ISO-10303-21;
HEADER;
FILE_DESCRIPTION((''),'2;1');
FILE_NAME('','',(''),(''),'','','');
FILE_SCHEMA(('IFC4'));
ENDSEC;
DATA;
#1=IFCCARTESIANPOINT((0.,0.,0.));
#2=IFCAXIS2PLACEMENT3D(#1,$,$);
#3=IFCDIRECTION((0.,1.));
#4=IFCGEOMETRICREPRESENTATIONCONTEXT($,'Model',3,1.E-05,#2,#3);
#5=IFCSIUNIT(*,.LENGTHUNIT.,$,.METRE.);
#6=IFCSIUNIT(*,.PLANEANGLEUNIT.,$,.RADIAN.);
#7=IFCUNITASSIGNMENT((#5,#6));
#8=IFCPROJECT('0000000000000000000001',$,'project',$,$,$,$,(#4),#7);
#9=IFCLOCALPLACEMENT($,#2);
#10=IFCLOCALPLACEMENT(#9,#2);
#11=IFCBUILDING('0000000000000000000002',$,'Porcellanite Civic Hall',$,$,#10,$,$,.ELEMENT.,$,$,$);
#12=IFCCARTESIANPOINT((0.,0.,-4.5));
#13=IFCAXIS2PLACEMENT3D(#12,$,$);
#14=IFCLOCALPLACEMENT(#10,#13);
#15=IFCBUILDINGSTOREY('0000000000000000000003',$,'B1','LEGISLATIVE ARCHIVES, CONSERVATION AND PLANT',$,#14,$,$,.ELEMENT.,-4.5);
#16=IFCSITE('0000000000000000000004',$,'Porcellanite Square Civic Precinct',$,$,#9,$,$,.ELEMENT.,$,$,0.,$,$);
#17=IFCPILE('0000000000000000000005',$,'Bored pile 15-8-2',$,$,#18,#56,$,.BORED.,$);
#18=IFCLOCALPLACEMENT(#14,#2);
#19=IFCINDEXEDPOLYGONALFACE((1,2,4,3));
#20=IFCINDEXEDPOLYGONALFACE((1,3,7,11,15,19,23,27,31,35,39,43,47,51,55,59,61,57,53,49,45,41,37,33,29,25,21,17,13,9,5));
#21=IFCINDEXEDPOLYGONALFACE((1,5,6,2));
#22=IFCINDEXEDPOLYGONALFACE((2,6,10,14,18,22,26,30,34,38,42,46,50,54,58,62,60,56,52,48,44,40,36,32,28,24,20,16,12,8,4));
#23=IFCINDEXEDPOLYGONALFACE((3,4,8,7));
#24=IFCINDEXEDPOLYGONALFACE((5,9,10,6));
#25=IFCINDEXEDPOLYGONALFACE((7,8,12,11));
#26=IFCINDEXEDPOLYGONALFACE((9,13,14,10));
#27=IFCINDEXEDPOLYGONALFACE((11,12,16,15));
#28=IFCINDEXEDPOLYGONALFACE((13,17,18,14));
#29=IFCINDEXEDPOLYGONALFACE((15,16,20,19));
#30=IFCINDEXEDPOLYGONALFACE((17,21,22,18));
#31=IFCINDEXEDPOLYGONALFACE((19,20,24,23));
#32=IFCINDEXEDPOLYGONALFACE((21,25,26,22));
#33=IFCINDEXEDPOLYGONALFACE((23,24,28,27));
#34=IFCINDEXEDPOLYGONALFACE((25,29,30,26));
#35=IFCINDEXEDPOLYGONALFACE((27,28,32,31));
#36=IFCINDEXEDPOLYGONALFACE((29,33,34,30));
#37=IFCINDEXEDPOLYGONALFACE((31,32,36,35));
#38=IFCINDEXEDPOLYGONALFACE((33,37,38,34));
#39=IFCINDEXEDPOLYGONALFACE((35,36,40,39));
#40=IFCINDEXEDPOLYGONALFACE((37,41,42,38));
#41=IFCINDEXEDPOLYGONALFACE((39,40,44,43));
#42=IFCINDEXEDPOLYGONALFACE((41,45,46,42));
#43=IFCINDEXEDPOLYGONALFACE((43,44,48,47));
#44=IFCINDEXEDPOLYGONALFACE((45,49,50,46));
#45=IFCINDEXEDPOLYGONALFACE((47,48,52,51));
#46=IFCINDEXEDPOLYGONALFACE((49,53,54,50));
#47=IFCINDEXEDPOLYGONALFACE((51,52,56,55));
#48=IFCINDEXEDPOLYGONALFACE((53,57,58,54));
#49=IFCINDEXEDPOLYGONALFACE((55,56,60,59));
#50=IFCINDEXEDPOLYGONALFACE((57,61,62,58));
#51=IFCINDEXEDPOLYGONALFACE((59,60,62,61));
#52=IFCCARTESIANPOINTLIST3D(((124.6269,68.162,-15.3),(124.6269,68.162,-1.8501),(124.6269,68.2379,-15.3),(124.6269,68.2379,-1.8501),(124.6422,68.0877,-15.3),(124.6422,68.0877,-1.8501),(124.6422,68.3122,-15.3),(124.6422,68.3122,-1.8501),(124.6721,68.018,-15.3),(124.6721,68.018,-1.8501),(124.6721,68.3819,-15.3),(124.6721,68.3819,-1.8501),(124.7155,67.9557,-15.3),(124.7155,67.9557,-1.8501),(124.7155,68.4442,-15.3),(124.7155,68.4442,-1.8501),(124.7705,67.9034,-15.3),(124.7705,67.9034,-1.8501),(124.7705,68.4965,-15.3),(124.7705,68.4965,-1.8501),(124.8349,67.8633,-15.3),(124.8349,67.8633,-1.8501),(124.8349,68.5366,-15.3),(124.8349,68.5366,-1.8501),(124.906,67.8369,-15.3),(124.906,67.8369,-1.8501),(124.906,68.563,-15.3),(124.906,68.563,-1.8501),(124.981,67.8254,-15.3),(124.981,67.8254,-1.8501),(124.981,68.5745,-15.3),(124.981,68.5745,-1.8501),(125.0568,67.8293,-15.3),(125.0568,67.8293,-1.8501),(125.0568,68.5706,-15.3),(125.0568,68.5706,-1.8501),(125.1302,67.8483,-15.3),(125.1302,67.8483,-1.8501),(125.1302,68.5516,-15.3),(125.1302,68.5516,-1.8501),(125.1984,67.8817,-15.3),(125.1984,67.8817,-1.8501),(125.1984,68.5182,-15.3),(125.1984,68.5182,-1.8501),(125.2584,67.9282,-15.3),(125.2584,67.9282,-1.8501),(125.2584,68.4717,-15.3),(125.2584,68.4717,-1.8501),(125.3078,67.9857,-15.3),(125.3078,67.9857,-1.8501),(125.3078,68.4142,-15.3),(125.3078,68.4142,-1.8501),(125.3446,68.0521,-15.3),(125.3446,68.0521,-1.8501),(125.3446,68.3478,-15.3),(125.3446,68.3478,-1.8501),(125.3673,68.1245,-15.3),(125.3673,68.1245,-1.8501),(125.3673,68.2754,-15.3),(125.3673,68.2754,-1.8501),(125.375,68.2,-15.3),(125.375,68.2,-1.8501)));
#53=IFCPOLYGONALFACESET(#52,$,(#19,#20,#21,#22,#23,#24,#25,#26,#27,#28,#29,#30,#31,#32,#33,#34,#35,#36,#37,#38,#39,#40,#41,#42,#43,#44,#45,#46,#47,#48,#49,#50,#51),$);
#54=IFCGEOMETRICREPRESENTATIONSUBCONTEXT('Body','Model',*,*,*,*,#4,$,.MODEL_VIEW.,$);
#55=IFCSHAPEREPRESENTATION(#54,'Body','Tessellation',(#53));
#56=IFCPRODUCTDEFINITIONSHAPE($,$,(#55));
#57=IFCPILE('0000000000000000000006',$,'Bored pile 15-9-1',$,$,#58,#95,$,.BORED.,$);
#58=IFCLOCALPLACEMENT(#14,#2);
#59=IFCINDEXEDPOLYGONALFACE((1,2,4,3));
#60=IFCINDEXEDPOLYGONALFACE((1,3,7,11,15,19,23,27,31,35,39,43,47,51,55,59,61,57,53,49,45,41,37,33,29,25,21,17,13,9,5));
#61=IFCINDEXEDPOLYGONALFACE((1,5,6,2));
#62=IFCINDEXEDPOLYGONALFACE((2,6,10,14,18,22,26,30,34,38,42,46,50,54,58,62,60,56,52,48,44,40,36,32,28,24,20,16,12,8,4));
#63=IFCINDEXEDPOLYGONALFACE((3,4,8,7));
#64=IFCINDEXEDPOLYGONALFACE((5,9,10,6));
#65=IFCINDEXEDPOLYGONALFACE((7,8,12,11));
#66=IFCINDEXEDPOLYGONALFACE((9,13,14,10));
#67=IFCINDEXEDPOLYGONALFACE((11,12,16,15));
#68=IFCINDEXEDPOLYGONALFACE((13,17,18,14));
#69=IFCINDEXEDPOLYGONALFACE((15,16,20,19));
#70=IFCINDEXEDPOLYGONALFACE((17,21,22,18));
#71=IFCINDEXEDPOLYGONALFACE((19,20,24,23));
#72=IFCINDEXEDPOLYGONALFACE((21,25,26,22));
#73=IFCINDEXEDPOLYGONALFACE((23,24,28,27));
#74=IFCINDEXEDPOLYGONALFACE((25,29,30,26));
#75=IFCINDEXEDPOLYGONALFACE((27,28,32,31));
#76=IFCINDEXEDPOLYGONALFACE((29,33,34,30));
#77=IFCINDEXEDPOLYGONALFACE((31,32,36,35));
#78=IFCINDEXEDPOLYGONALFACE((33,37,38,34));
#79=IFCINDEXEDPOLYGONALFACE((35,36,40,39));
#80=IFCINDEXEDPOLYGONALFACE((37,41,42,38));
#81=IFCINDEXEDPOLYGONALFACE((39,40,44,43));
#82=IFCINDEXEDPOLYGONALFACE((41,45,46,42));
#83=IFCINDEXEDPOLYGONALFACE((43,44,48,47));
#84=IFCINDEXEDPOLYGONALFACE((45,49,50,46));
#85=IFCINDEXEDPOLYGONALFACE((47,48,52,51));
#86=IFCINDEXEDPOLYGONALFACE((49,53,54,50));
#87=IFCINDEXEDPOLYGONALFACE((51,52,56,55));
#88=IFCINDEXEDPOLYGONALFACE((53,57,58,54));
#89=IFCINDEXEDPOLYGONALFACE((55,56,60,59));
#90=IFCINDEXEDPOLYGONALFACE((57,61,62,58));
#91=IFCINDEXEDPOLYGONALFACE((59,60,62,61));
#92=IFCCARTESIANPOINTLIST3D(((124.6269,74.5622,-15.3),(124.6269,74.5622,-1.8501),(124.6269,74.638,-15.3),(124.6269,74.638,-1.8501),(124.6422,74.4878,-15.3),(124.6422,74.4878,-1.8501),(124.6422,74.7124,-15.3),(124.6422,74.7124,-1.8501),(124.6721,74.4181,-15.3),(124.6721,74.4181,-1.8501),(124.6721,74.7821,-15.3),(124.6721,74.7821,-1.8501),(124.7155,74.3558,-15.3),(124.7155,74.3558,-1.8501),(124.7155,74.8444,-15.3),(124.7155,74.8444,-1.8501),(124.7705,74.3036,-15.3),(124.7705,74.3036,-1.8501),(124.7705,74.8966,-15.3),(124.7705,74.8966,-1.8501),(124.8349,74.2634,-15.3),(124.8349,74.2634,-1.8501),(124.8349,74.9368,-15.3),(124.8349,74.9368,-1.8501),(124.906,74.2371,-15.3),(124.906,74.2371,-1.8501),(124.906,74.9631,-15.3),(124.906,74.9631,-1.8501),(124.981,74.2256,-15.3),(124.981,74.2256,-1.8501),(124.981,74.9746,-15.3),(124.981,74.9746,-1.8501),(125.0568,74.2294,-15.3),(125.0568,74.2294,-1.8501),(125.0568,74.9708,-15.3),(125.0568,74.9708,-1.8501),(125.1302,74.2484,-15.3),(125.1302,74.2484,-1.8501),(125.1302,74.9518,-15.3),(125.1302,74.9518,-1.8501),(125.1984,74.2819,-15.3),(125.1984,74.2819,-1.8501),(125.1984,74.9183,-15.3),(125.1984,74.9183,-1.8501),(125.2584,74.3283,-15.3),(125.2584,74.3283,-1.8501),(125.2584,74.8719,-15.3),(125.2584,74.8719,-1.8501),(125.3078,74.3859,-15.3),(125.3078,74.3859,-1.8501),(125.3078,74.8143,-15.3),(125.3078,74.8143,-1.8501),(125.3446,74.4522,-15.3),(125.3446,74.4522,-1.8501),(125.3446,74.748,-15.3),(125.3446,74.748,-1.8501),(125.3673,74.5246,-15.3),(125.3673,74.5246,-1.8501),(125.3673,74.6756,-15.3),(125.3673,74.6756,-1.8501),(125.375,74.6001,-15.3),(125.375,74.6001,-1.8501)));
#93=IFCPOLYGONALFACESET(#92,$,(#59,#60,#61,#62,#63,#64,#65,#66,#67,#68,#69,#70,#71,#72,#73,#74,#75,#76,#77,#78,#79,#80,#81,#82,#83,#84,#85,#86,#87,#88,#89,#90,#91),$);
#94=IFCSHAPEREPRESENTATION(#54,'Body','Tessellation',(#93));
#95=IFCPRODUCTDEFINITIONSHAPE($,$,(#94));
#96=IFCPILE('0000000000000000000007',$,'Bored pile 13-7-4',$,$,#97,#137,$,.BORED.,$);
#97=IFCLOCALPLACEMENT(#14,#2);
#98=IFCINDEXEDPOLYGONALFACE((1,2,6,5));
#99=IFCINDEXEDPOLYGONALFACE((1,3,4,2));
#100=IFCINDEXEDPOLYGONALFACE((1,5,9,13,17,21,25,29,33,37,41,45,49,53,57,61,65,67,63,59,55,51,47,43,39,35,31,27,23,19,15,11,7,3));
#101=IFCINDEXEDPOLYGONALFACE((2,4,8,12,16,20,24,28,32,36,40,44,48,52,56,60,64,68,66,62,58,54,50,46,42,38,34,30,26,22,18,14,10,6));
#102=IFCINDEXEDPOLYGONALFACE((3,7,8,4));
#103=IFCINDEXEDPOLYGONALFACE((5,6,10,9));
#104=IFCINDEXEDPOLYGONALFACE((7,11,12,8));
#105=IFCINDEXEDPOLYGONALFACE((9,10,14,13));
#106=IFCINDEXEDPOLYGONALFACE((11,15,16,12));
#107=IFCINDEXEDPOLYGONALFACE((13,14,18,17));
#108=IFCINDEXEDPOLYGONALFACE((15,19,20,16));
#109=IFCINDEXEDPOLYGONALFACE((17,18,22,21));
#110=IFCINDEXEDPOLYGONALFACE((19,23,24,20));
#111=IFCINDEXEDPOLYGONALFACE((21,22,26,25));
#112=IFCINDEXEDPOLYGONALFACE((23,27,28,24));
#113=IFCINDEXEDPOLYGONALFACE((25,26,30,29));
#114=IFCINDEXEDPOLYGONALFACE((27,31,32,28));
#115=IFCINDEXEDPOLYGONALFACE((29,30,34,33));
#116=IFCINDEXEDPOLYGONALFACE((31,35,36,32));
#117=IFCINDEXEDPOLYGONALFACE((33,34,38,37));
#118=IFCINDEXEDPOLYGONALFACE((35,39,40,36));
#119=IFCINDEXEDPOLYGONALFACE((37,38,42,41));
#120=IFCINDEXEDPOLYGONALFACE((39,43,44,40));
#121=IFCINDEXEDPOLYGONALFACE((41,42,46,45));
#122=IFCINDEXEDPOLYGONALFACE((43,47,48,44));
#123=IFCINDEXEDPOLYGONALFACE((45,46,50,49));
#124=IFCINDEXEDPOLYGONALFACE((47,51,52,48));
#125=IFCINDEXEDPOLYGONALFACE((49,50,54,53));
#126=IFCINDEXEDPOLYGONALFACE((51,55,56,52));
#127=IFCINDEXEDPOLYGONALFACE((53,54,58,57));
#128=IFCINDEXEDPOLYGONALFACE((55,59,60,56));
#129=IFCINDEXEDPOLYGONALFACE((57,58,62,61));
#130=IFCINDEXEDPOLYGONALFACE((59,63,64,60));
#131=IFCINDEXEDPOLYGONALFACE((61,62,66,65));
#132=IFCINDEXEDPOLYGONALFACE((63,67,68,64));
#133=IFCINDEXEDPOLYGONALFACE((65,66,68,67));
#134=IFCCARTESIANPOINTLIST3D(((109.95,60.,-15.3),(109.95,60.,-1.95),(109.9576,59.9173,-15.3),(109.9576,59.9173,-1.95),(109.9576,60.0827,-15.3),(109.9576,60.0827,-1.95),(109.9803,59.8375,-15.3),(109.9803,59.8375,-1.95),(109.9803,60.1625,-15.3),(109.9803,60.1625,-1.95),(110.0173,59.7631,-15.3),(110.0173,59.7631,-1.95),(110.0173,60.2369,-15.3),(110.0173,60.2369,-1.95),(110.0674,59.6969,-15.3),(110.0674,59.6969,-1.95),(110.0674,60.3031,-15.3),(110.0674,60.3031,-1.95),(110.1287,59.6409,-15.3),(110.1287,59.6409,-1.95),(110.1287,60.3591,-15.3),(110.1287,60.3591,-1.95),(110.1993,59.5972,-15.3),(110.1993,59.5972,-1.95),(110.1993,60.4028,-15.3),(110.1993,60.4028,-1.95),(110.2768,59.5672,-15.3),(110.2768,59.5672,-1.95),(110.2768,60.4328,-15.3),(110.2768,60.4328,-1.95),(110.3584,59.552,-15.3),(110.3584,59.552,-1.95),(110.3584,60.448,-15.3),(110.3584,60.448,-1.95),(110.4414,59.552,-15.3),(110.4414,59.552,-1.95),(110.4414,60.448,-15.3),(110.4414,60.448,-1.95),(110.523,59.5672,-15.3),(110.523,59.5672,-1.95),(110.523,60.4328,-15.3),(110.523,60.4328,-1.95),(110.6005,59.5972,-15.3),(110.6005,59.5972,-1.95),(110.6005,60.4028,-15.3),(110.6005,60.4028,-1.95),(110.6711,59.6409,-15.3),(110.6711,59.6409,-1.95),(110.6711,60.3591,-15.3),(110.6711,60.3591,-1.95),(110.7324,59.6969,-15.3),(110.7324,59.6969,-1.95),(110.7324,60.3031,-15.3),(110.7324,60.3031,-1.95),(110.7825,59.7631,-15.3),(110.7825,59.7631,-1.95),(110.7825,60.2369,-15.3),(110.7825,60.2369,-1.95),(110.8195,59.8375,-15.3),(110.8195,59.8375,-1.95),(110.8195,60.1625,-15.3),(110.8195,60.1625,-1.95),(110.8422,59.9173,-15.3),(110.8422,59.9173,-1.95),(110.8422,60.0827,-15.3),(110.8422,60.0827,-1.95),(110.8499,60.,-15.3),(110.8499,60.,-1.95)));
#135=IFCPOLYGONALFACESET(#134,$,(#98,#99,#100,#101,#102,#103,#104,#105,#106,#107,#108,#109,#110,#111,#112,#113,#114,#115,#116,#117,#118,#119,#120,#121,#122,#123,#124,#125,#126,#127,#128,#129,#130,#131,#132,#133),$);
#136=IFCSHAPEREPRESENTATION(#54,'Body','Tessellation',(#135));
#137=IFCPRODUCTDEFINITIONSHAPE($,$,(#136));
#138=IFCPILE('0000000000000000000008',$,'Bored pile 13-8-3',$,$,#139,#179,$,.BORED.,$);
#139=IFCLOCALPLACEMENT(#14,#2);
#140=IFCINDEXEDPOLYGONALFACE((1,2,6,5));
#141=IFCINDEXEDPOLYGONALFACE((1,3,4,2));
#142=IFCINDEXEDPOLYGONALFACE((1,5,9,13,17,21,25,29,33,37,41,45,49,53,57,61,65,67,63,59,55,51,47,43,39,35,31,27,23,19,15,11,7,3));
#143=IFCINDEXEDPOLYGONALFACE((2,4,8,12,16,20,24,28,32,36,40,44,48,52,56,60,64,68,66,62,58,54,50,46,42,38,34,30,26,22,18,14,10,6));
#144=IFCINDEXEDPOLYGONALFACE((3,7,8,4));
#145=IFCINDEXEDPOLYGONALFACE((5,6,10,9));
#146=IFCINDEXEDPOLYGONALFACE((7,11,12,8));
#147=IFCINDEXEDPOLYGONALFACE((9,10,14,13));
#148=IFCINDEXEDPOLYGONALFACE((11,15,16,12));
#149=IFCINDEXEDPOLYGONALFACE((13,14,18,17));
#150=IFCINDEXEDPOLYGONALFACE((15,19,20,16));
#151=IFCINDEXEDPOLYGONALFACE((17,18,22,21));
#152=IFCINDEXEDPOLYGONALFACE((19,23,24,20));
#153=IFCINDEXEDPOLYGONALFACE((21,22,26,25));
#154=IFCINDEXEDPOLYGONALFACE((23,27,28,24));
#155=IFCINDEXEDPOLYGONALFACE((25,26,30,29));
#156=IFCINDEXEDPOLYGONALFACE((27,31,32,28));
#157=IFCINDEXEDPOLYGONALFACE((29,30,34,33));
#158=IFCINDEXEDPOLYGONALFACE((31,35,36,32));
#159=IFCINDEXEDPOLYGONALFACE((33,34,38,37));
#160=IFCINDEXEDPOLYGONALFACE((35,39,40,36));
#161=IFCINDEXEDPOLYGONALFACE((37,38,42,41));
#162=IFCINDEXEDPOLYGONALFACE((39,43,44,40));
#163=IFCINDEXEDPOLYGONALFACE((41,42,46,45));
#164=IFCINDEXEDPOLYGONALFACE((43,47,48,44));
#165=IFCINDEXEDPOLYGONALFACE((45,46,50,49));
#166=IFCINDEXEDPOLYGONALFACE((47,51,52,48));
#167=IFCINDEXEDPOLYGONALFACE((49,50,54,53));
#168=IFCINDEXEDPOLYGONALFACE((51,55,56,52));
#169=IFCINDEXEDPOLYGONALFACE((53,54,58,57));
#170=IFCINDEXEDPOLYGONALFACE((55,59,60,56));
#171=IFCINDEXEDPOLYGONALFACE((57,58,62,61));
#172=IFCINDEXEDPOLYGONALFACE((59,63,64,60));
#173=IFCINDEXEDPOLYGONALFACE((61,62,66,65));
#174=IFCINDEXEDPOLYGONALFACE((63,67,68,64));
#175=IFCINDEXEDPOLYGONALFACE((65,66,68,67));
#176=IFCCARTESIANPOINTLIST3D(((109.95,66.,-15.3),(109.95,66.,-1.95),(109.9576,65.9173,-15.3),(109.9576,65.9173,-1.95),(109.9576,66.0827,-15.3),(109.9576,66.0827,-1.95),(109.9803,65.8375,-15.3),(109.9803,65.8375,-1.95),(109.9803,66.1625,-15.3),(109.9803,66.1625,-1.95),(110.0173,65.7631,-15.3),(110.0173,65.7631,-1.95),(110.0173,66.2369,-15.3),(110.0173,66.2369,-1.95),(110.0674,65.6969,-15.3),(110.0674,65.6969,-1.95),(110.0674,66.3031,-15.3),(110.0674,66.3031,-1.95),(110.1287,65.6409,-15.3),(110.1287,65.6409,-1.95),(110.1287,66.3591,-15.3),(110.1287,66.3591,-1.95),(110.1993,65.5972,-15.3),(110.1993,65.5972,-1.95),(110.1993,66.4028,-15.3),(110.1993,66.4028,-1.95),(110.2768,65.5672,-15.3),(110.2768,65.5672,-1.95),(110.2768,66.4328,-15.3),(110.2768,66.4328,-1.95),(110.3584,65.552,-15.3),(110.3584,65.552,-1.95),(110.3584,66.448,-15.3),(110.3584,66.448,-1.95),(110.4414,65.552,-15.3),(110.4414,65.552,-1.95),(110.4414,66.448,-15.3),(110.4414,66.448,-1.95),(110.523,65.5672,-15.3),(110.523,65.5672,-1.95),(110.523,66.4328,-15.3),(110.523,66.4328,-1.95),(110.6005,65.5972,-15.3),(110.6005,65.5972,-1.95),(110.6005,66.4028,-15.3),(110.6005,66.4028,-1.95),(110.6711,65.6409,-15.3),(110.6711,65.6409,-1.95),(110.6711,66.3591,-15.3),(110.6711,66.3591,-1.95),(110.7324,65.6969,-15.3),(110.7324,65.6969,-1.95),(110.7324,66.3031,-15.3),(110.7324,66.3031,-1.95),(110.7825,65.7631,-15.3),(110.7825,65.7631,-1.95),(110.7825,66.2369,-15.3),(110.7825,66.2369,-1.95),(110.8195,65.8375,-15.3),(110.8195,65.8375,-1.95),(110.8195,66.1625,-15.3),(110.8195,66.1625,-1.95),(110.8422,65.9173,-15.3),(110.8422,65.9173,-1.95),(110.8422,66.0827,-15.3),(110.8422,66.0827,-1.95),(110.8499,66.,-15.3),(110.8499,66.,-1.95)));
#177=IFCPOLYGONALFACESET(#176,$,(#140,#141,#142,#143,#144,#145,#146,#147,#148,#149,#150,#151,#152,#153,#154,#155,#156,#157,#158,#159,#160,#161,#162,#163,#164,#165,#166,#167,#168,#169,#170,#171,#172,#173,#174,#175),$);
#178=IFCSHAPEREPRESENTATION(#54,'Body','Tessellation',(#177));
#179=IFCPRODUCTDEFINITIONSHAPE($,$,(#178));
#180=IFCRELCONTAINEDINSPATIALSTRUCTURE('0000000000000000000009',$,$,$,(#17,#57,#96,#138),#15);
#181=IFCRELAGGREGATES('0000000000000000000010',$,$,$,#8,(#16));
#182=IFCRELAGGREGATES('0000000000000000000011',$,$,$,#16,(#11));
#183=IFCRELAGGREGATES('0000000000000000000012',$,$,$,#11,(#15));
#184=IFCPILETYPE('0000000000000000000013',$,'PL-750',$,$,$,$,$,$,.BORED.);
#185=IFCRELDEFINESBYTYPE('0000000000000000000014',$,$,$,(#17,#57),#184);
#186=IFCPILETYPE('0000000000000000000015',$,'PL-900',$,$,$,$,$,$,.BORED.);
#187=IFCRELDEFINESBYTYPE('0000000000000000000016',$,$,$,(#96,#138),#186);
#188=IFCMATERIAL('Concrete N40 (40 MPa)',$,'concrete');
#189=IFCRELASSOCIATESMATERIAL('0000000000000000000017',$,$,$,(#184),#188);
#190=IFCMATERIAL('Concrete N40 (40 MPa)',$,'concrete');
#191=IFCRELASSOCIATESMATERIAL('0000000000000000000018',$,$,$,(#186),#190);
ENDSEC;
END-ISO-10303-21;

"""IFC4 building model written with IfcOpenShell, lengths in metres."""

from ifc_helpers import new_model, si_unit, direction, frame, origin, origin_2d, place, context, subcontext, project, spatial, circle, extrude, material, material_profile, profile_set, type_object, element, save


model = new_model("IFC4")

# Units and contexts
model_context = context("Model", 3, precision=1e-05, world=origin(), true_north=direction((0.0, 1.0)))
body_context = subcontext(model_context, "Body", "Model", "MODEL_VIEW")
ifc_project = project(units=[si_unit("LENGTHUNIT", "METRE"), si_unit("PLANEANGLEUNIT", "RADIAN")], contexts=[model_context])

# Site, building, storey
site_placement = place(None, origin())
site = spatial("IfcSite", under=ifc_project, at=site_placement, Name="Porcellanite Square Civic Precinct", CompositionType="ELEMENT", RefElevation=0.0)
building_placement = place(site_placement, origin())
building = spatial("IfcBuilding", under=site, at=building_placement, Name="Porcellanite Civic Hall", CompositionType="ELEMENT")
storey_placement = place(building_placement, frame((0.0, 0.0, -4.5)))
storey = spatial("IfcBuildingStorey", under=building, at=storey_placement, Name="B1", Description="LEGISLATIVE ARCHIVES, CONSERVATION AND PLANT", CompositionType="ELEMENT", Elevation=-4.5)

# Piles
ifc_material_1 = material(Name="Concrete N40 (40 MPa)", Category="concrete")
ifc_material_profile_1 = material_profile(ifc_material_1, circle(Radius=0.375, at=origin_2d()), Name="PILE-D750")
ifc_profile_set_1 = profile_set([ifc_material_profile_1], Name="Concrete N40 (40 MPa)")
pile_type_1 = type_object("IfcPileType", Name="PL-750", PredefinedType="BORED", material=ifc_profile_set_1)
for number, where, z_axis, x_axis, name in (
    (1, (125.0, 68.2, -1.8501), (0.0, 0.0, -1.0), (1.0, 0.0, 0.0), "Bored pile 15-8-2"),
    (2, (125.0, 74.6001, -1.8501), (0.0, 0.0, -1.0), (1.0, 0.0, 0.0), "Bored pile 15-9-1"),
):
    element("IfcPile", number, at=place(storey_placement, frame(where, z_axis=z_axis, x_axis=x_axis)), inside=storey, type_object=pile_type_1, Name=name, PredefinedType="BORED", context=body_context, shape_type="SweptSolid", body=[
        extrude(circle(Radius=0.375, at=origin_2d()), origin(), (0.0, 0.0, 1.0), 13.45),
    ])
ifc_material_2 = material(Name="Concrete N40 (40 MPa)", Category="concrete")
ifc_material_profile_2 = material_profile(ifc_material_2, circle(Radius=0.45, at=origin_2d()), Name="PILE-D900")
ifc_profile_set_2 = profile_set([ifc_material_profile_2], Name="Concrete N40 (40 MPa)")
pile_type_2 = type_object("IfcPileType", Name="PL-900", PredefinedType="BORED", material=ifc_profile_set_2)
for number, where, z_axis, x_axis, name in (
    (3, (110.3999, 60.0, -1.95), (0.0, 0.0, -1.0), (1.0, 0.0, 0.0), "Bored pile 13-7-4"),
    (4, (110.3999, 66.0, -1.95), (0.0, 0.0, -1.0), (1.0, 0.0, 0.0), "Bored pile 13-8-3"),
):
    element("IfcPile", number, at=place(storey_placement, frame(where, z_axis=z_axis, x_axis=x_axis)), inside=storey, type_object=pile_type_2, Name=name, PredefinedType="BORED", context=body_context, shape_type="SweptSolid", body=[
        extrude(circle(Radius=0.45, at=origin_2d()), origin(), (0.0, 0.0, 1.0), 13.3501),
    ])

save(model, "model.ifc")
